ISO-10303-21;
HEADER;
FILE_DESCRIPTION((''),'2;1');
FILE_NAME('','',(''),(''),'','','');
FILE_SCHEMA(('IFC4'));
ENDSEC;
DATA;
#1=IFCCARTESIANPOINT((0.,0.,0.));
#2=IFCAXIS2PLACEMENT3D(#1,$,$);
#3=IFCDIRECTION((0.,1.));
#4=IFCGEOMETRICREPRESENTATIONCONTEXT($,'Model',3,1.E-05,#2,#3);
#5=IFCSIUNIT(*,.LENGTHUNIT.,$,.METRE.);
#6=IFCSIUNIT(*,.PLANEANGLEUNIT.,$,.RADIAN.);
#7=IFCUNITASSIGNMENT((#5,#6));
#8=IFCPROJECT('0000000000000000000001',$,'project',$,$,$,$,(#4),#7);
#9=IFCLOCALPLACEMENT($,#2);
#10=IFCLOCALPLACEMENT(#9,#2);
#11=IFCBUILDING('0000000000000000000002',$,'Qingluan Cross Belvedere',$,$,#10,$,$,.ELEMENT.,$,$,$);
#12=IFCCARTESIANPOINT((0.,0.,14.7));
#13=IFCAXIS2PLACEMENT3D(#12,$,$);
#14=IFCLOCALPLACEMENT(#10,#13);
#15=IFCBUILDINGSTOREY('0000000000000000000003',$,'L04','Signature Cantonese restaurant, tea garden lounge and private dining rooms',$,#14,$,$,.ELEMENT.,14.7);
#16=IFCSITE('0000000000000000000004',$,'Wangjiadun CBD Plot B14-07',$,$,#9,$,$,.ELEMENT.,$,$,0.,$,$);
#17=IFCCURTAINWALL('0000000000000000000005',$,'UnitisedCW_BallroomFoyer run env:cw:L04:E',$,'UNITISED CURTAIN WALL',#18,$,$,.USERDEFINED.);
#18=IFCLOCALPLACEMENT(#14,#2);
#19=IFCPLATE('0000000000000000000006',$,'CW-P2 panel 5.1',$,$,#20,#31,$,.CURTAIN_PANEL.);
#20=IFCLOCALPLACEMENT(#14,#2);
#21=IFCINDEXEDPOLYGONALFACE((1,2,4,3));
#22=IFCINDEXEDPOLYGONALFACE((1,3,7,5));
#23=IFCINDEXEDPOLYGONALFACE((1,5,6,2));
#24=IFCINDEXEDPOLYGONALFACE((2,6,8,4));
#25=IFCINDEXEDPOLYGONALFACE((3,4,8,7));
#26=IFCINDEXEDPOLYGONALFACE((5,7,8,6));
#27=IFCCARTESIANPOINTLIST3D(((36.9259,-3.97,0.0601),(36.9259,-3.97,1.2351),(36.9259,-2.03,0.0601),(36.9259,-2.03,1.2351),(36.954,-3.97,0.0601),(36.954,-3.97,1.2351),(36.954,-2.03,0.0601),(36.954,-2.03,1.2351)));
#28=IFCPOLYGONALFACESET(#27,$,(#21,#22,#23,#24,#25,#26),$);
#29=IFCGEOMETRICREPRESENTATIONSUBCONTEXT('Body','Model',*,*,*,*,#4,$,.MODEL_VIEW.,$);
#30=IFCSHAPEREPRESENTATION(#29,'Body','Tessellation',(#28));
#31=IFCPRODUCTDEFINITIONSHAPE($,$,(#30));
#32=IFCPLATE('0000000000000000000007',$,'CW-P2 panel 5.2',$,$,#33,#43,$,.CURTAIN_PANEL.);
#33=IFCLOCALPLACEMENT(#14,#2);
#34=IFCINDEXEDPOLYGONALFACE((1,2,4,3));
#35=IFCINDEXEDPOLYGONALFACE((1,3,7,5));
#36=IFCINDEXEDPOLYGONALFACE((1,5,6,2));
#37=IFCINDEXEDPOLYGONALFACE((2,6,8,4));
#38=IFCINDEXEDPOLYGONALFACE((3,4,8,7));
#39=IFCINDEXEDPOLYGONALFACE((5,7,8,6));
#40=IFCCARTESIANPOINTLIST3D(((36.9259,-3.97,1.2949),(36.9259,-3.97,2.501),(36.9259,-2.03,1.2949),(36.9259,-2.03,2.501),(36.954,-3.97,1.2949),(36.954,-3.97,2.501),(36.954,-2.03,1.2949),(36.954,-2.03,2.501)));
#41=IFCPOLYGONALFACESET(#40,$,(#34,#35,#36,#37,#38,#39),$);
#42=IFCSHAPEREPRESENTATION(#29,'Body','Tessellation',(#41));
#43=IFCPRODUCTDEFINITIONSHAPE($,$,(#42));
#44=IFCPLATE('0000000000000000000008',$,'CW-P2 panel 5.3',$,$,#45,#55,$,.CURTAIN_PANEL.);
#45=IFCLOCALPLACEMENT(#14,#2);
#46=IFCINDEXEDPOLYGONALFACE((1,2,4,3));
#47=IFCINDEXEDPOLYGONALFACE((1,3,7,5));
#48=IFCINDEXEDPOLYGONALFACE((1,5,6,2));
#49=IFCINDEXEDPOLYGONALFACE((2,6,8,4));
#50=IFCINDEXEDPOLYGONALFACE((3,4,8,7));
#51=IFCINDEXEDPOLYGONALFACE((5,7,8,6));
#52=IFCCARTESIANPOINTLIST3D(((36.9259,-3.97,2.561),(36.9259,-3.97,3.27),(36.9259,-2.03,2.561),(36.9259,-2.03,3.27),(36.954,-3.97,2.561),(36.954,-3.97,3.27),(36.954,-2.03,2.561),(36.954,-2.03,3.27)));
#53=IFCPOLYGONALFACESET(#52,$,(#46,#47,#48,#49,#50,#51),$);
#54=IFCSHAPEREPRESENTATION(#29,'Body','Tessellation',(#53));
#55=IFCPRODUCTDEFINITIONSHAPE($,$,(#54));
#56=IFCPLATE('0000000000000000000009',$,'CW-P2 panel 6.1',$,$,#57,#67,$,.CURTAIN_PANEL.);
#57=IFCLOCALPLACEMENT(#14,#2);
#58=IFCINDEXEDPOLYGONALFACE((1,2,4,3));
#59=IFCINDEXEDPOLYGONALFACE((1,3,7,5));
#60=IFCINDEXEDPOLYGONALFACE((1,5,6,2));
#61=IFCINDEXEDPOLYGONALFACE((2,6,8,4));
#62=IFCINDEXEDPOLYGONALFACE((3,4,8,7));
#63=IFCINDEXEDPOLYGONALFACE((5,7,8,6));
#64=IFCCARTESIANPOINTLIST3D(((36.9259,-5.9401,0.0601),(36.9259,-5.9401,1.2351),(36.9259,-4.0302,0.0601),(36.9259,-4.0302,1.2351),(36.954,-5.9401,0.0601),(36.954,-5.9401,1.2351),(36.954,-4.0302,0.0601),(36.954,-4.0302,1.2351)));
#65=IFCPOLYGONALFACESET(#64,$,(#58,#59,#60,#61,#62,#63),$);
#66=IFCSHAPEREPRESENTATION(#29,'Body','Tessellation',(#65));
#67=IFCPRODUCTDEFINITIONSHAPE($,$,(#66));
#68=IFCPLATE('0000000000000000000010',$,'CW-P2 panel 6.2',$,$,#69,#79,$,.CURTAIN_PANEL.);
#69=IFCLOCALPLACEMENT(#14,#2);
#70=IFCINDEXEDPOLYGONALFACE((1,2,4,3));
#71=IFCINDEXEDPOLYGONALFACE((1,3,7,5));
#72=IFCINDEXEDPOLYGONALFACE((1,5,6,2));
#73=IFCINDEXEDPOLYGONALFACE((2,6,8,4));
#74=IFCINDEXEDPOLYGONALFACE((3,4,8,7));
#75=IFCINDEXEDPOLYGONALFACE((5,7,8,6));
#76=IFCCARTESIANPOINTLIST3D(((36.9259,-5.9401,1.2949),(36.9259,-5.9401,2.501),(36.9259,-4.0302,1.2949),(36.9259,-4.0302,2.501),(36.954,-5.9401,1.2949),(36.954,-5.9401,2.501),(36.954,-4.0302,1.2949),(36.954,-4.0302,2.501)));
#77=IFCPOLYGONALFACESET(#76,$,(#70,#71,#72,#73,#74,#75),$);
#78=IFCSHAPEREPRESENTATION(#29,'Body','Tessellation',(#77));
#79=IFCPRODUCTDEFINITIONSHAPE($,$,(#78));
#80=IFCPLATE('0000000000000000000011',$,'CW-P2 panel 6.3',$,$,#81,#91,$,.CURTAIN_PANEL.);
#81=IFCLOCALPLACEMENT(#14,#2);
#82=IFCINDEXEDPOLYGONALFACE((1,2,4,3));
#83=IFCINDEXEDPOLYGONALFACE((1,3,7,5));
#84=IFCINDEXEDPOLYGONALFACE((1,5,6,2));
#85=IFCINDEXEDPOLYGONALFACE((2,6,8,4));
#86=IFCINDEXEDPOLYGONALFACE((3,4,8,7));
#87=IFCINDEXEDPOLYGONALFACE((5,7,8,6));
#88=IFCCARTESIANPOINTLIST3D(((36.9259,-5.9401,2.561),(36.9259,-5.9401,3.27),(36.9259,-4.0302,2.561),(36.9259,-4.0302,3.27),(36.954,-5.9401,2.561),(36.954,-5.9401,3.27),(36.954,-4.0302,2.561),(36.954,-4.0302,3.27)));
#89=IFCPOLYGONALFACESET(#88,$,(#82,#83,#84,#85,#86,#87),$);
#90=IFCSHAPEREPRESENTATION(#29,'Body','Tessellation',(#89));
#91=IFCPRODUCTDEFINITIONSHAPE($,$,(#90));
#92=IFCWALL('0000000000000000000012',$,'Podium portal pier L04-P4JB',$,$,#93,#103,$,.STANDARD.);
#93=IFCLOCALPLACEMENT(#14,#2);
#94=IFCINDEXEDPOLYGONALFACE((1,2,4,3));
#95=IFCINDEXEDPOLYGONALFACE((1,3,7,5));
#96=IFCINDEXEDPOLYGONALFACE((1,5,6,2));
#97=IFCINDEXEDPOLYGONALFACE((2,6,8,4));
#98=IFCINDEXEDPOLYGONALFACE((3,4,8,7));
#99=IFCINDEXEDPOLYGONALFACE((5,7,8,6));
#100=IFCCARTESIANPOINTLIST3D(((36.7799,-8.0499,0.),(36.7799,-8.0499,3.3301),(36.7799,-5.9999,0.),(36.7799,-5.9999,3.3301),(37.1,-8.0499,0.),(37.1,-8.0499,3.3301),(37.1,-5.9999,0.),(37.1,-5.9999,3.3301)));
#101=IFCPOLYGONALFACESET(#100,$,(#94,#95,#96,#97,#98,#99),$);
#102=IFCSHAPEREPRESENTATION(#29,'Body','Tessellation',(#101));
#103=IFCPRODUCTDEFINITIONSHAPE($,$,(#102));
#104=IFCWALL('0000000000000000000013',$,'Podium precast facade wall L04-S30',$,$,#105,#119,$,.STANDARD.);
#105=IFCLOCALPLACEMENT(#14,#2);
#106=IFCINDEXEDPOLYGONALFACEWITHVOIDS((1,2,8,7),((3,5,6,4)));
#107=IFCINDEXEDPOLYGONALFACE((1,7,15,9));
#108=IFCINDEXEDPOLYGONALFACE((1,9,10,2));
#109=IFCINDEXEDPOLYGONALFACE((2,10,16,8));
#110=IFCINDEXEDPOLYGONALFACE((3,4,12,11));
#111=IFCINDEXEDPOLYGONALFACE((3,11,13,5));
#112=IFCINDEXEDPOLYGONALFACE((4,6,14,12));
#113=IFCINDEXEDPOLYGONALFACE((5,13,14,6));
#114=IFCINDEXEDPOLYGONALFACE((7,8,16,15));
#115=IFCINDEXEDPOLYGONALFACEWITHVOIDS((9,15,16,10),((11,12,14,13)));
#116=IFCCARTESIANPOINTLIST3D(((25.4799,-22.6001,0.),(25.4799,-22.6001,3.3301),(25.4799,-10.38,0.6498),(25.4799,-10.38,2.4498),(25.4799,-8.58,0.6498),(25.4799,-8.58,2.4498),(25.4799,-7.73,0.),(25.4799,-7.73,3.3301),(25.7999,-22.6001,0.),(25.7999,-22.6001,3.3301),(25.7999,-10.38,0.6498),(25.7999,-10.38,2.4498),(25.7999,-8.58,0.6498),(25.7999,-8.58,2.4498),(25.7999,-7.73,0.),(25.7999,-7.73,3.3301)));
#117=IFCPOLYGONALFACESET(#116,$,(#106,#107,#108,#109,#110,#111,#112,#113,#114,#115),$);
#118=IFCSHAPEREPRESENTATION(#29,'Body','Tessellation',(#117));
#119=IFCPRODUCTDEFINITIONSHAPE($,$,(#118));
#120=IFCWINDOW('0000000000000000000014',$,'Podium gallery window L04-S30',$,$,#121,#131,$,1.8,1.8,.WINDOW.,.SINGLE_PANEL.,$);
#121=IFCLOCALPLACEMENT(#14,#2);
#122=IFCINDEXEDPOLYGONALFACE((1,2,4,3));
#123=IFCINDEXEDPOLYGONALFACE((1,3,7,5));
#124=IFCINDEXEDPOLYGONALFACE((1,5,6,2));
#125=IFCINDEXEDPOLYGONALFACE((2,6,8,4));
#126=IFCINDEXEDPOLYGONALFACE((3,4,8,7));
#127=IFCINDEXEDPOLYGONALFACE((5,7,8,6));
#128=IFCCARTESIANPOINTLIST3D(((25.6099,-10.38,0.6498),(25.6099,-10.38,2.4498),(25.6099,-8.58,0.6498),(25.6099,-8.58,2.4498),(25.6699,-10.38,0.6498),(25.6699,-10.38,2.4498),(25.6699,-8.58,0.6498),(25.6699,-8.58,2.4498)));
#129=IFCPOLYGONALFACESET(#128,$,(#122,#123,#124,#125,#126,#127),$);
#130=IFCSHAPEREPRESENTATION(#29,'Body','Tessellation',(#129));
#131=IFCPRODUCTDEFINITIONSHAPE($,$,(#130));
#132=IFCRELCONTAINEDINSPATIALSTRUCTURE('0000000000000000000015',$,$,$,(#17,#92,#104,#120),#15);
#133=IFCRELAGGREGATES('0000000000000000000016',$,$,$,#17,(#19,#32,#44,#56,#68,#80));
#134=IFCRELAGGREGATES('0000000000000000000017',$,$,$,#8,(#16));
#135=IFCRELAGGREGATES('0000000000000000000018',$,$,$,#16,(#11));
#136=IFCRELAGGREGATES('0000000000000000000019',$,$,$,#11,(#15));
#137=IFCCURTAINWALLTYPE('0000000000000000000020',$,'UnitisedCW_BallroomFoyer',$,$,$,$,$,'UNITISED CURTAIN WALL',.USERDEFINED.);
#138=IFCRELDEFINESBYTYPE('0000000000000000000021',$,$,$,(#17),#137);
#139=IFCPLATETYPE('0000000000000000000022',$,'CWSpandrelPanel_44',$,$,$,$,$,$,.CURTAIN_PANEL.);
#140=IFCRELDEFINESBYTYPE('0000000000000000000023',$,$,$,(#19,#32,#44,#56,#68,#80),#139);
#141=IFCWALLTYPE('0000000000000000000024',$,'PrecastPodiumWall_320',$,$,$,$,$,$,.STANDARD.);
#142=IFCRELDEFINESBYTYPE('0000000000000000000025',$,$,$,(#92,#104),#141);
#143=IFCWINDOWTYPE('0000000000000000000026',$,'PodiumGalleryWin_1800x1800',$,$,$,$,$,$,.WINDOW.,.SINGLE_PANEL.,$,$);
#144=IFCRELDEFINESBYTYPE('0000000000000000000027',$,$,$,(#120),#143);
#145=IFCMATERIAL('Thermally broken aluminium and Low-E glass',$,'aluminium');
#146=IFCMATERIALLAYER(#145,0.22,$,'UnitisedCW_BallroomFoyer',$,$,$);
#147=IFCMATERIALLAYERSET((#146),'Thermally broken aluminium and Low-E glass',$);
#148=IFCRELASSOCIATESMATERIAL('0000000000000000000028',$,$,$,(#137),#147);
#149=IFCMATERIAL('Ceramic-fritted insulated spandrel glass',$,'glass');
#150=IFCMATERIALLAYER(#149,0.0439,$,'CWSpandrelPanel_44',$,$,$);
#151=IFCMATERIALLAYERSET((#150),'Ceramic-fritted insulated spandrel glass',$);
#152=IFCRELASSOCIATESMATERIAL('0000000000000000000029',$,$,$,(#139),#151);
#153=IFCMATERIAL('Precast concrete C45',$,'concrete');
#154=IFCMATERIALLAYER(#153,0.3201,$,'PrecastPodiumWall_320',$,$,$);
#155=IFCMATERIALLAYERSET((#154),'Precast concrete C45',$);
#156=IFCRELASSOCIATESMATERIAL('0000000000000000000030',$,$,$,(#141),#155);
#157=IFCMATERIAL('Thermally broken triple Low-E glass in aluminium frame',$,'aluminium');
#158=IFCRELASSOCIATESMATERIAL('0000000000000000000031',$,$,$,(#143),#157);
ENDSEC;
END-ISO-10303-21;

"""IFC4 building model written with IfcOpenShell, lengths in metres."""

from ifc_helpers import new_model, si_unit, direction, frame, frame_2d, origin, origin_2d, place, context, subcontext, project, spatial, rectangle, extrude, material, layer, layer_set, type_object, element, fill, aggregate, save


model = new_model("IFC4")

# Units and contexts
model_context = context("Model", 3, precision=1e-05, world=origin(), true_north=direction((0.0, 1.0)))
body_context = subcontext(model_context, "Body", "Model", "MODEL_VIEW")
ifc_project = project(units=[si_unit("LENGTHUNIT", "METRE"), si_unit("PLANEANGLEUNIT", "RADIAN")], contexts=[model_context])

# Site, building, storey
site_placement = place(None, origin())
site = spatial("IfcSite", under=ifc_project, at=site_placement, Name="Wangjiadun CBD Plot B14-07", CompositionType="ELEMENT", RefElevation=0.0)
building_placement = place(site_placement, origin())
building = spatial("IfcBuilding", under=site, at=building_placement, Name="Qingluan Cross Belvedere", CompositionType="ELEMENT")
storey_placement = place(building_placement, frame((0.0, 0.0, 14.7)))
storey = spatial("IfcBuildingStorey", under=building, at=storey_placement, Name="L04", Description="Signature Cantonese restaurant, tea garden lounge and private dining rooms", CompositionType="ELEMENT", Elevation=14.7)

# Curtain wall
ifc_material_1 = material(Name="Thermally broken aluminium and Low-E glass", Category="aluminium")
ifc_layer_1 = layer(ifc_material_1, 0.22, Name="UnitisedCW_BallroomFoyer")
ifc_layer_set_1 = layer_set([ifc_layer_1], Name="Thermally broken aluminium and Low-E glass")
curtain_wall_type = type_object("IfcCurtainWallType", Name="UnitisedCW_BallroomFoyer", ElementType="UNITISED CURTAIN WALL", PredefinedType="USERDEFINED", material=ifc_layer_set_1)
curtain_wall_placement = place(storey_placement, origin())
curtain_wall = element("IfcCurtainWall", 1, at=curtain_wall_placement, inside=storey, type_object=curtain_wall_type, Name="UnitisedCW_BallroomFoyer run env:cw:L04:E", ObjectType="UNITISED CURTAIN WALL", PredefinedType="USERDEFINED")

# Plates
ifc_material_2 = material(Name="Ceramic-fritted insulated spandrel glass", Category="glass")
ifc_layer_2 = layer(ifc_material_2, 0.0439, Name="CWSpandrelPanel_44")
ifc_layer_set_2 = layer_set([ifc_layer_2], Name="Ceramic-fritted insulated spandrel glass")
plate_type = type_object("IfcPlateType", Name="CWSpandrelPanel_44", PredefinedType="CURTAIN_PANEL", material=ifc_layer_set_2)
plate_1_placement = place(storey_placement, frame((36.9399, -3.0, 0.0601), z_axis=(0.0, 0.0, 1.0), x_axis=(0.0, -1.0, 0.0)))
plate_1 = element("IfcPlate", 2, at=plate_1_placement, type_object=plate_type, Name="CW-P2 panel 5.1", PredefinedType="CURTAIN_PANEL", context=body_context, shape_type="SweptSolid", body=[
    extrude(rectangle(XDim=1.9399, YDim=0.0281, at=origin_2d()), origin(), (0.0, 0.0, 1.0), 1.175),
])
plate_2_placement = place(storey_placement, frame((36.9399, -3.0, 1.2949), z_axis=(0.0, 0.0, 1.0), x_axis=(0.0, -1.0, 0.0)))
plate_2 = element("IfcPlate", 3, at=plate_2_placement, type_object=plate_type, Name="CW-P2 panel 5.2", PredefinedType="CURTAIN_PANEL", context=body_context, shape_type="SweptSolid", body=[
    extrude(rectangle(XDim=1.9399, YDim=0.0281, at=origin_2d()), origin(), (0.0, 0.0, 1.0), 1.2061),
])
plate_3_placement = place(storey_placement, frame((36.9399, -3.0, 2.561), z_axis=(0.0, 0.0, 1.0), x_axis=(0.0, -1.0, 0.0)))
plate_3 = element("IfcPlate", 4, at=plate_3_placement, type_object=plate_type, Name="CW-P2 panel 5.3", PredefinedType="CURTAIN_PANEL", context=body_context, shape_type="SweptSolid", body=[
    extrude(rectangle(XDim=1.9399, YDim=0.0281, at=origin_2d()), origin(), (0.0, 0.0, 1.0), 0.709),
])
plate_4_placement = place(storey_placement, frame((36.9399, -4.9851, 0.0601), z_axis=(0.0, 0.0, 1.0), x_axis=(0.0, -1.0, 0.0)))
plate_4 = element("IfcPlate", 5, at=plate_4_placement, type_object=plate_type, Name="CW-P2 panel 6.1", PredefinedType="CURTAIN_PANEL", context=body_context, shape_type="SweptSolid", body=[
    extrude(rectangle(XDim=1.9099, YDim=0.0281, at=origin_2d()), origin(), (0.0, 0.0, 1.0), 1.175),
])
plate_5_placement = place(storey_placement, frame((36.9399, -4.9851, 1.2949), z_axis=(0.0, 0.0, 1.0), x_axis=(0.0, -1.0, 0.0)))
plate_5 = element("IfcPlate", 6, at=plate_5_placement, type_object=plate_type, Name="CW-P2 panel 6.2", PredefinedType="CURTAIN_PANEL", context=body_context, shape_type="SweptSolid", body=[
    extrude(rectangle(XDim=1.9099, YDim=0.0281, at=origin_2d()), origin(), (0.0, 0.0, 1.0), 1.2061),
])
plate_6_placement = place(storey_placement, frame((36.9399, -4.9851, 2.561), z_axis=(0.0, 0.0, 1.0), x_axis=(0.0, -1.0, 0.0)))
plate_6 = element("IfcPlate", 7, at=plate_6_placement, type_object=plate_type, Name="CW-P2 panel 6.3", PredefinedType="CURTAIN_PANEL", context=body_context, shape_type="SweptSolid", body=[
    extrude(rectangle(XDim=1.9099, YDim=0.0281, at=origin_2d()), origin(), (0.0, 0.0, 1.0), 0.709),
])
aggregate(curtain_wall, [plate_1, plate_2, plate_3, plate_4, plate_5, plate_6])

# Wall
ifc_material_3 = material(Name="Precast concrete C45", Category="concrete")
ifc_layer_3 = layer(ifc_material_3, 0.3201, Name="PrecastPodiumWall_320")
ifc_layer_set_3 = layer_set([ifc_layer_3], Name="Precast concrete C45")
wall_type = type_object("IfcWallType", Name="PrecastPodiumWall_320", PredefinedType="STANDARD", material=ifc_layer_set_3)
wall_1_placement = place(storey_placement, frame((36.9399, -6.0, 0.0), z_axis=(0.0, 0.0, 1.0), x_axis=(0.0, -1.0, 0.0)))
element("IfcWall", 8, at=wall_1_placement, inside=storey, type_object=wall_type, Name="Podium portal pier L04-P4JB", PredefinedType="STANDARD", context=body_context, shape_type="SweptSolid", body=[
    extrude(rectangle(XDim=2.05, YDim=0.3201, at=frame_2d((1.0249, 0.0))), origin(), (0.0, 0.0, 1.0), 3.3301),
])

# Wall, opening, window
wall_2_placement = place(storey_placement, frame((25.6399, -7.73, 0.0), z_axis=(0.0, 0.0, 1.0), x_axis=(0.0, -1.0, 0.0)))
wall_2 = element("IfcWall", 9, at=wall_2_placement, inside=storey, type_object=wall_type, Name="Podium precast facade wall L04-S30", PredefinedType="STANDARD", context=body_context, shape_type="SweptSolid", body=[
    extrude(rectangle(XDim=14.8701, YDim=0.3201, at=frame_2d((7.4351, 0.0))), origin(), (0.0, 0.0, 1.0), 3.3301),
])
opening_placement = place(wall_2_placement, frame((0.8501, 0.0, 0.6499)))
opening = element("IfcOpeningElement", 10, at=opening_placement, cuts=wall_2, PredefinedType="OPENING", context=body_context, shape_type="SweptSolid", body=[
    extrude(rectangle(XDim=1.8, YDim=1.8, at=frame_2d((0.8999, 0.8999))), frame((0.0, 0.1699, 0.0), z_axis=(0.0, -1.0, 0.0), x_axis=(1.0, 0.0, 0.0)), (0.0, 0.0, 1.0), 0.3401),
])
ifc_material_4 = material(Name="Thermally broken triple Low-E glass in aluminium frame", Category="aluminium")
window_type = type_object("IfcWindowType", Name="PodiumGalleryWin_1800x1800", PartitioningType="SINGLE_PANEL", PredefinedType="WINDOW", material=ifc_material_4)
window_placement = place(opening_placement, origin())
window = element("IfcWindow", 11, at=window_placement, inside=storey, type_object=window_type, Name="Podium gallery window L04-S30", OverallHeight=1.8, OverallWidth=1.8, PartitioningType="SINGLE_PANEL", PredefinedType="WINDOW", context=body_context, shape_type="SweptSolid", body=[
    extrude(rectangle(XDim=1.8, YDim=1.8, at=frame_2d((0.8999, 0.8999))), frame((0.0, 0.03, 0.0), z_axis=(0.0, -1.0, 0.0), x_axis=(1.0, 0.0, 0.0)), (0.0, 0.0, 1.0), 0.0601),
])
fill(opening, window)

save(model, "model.ifc")
